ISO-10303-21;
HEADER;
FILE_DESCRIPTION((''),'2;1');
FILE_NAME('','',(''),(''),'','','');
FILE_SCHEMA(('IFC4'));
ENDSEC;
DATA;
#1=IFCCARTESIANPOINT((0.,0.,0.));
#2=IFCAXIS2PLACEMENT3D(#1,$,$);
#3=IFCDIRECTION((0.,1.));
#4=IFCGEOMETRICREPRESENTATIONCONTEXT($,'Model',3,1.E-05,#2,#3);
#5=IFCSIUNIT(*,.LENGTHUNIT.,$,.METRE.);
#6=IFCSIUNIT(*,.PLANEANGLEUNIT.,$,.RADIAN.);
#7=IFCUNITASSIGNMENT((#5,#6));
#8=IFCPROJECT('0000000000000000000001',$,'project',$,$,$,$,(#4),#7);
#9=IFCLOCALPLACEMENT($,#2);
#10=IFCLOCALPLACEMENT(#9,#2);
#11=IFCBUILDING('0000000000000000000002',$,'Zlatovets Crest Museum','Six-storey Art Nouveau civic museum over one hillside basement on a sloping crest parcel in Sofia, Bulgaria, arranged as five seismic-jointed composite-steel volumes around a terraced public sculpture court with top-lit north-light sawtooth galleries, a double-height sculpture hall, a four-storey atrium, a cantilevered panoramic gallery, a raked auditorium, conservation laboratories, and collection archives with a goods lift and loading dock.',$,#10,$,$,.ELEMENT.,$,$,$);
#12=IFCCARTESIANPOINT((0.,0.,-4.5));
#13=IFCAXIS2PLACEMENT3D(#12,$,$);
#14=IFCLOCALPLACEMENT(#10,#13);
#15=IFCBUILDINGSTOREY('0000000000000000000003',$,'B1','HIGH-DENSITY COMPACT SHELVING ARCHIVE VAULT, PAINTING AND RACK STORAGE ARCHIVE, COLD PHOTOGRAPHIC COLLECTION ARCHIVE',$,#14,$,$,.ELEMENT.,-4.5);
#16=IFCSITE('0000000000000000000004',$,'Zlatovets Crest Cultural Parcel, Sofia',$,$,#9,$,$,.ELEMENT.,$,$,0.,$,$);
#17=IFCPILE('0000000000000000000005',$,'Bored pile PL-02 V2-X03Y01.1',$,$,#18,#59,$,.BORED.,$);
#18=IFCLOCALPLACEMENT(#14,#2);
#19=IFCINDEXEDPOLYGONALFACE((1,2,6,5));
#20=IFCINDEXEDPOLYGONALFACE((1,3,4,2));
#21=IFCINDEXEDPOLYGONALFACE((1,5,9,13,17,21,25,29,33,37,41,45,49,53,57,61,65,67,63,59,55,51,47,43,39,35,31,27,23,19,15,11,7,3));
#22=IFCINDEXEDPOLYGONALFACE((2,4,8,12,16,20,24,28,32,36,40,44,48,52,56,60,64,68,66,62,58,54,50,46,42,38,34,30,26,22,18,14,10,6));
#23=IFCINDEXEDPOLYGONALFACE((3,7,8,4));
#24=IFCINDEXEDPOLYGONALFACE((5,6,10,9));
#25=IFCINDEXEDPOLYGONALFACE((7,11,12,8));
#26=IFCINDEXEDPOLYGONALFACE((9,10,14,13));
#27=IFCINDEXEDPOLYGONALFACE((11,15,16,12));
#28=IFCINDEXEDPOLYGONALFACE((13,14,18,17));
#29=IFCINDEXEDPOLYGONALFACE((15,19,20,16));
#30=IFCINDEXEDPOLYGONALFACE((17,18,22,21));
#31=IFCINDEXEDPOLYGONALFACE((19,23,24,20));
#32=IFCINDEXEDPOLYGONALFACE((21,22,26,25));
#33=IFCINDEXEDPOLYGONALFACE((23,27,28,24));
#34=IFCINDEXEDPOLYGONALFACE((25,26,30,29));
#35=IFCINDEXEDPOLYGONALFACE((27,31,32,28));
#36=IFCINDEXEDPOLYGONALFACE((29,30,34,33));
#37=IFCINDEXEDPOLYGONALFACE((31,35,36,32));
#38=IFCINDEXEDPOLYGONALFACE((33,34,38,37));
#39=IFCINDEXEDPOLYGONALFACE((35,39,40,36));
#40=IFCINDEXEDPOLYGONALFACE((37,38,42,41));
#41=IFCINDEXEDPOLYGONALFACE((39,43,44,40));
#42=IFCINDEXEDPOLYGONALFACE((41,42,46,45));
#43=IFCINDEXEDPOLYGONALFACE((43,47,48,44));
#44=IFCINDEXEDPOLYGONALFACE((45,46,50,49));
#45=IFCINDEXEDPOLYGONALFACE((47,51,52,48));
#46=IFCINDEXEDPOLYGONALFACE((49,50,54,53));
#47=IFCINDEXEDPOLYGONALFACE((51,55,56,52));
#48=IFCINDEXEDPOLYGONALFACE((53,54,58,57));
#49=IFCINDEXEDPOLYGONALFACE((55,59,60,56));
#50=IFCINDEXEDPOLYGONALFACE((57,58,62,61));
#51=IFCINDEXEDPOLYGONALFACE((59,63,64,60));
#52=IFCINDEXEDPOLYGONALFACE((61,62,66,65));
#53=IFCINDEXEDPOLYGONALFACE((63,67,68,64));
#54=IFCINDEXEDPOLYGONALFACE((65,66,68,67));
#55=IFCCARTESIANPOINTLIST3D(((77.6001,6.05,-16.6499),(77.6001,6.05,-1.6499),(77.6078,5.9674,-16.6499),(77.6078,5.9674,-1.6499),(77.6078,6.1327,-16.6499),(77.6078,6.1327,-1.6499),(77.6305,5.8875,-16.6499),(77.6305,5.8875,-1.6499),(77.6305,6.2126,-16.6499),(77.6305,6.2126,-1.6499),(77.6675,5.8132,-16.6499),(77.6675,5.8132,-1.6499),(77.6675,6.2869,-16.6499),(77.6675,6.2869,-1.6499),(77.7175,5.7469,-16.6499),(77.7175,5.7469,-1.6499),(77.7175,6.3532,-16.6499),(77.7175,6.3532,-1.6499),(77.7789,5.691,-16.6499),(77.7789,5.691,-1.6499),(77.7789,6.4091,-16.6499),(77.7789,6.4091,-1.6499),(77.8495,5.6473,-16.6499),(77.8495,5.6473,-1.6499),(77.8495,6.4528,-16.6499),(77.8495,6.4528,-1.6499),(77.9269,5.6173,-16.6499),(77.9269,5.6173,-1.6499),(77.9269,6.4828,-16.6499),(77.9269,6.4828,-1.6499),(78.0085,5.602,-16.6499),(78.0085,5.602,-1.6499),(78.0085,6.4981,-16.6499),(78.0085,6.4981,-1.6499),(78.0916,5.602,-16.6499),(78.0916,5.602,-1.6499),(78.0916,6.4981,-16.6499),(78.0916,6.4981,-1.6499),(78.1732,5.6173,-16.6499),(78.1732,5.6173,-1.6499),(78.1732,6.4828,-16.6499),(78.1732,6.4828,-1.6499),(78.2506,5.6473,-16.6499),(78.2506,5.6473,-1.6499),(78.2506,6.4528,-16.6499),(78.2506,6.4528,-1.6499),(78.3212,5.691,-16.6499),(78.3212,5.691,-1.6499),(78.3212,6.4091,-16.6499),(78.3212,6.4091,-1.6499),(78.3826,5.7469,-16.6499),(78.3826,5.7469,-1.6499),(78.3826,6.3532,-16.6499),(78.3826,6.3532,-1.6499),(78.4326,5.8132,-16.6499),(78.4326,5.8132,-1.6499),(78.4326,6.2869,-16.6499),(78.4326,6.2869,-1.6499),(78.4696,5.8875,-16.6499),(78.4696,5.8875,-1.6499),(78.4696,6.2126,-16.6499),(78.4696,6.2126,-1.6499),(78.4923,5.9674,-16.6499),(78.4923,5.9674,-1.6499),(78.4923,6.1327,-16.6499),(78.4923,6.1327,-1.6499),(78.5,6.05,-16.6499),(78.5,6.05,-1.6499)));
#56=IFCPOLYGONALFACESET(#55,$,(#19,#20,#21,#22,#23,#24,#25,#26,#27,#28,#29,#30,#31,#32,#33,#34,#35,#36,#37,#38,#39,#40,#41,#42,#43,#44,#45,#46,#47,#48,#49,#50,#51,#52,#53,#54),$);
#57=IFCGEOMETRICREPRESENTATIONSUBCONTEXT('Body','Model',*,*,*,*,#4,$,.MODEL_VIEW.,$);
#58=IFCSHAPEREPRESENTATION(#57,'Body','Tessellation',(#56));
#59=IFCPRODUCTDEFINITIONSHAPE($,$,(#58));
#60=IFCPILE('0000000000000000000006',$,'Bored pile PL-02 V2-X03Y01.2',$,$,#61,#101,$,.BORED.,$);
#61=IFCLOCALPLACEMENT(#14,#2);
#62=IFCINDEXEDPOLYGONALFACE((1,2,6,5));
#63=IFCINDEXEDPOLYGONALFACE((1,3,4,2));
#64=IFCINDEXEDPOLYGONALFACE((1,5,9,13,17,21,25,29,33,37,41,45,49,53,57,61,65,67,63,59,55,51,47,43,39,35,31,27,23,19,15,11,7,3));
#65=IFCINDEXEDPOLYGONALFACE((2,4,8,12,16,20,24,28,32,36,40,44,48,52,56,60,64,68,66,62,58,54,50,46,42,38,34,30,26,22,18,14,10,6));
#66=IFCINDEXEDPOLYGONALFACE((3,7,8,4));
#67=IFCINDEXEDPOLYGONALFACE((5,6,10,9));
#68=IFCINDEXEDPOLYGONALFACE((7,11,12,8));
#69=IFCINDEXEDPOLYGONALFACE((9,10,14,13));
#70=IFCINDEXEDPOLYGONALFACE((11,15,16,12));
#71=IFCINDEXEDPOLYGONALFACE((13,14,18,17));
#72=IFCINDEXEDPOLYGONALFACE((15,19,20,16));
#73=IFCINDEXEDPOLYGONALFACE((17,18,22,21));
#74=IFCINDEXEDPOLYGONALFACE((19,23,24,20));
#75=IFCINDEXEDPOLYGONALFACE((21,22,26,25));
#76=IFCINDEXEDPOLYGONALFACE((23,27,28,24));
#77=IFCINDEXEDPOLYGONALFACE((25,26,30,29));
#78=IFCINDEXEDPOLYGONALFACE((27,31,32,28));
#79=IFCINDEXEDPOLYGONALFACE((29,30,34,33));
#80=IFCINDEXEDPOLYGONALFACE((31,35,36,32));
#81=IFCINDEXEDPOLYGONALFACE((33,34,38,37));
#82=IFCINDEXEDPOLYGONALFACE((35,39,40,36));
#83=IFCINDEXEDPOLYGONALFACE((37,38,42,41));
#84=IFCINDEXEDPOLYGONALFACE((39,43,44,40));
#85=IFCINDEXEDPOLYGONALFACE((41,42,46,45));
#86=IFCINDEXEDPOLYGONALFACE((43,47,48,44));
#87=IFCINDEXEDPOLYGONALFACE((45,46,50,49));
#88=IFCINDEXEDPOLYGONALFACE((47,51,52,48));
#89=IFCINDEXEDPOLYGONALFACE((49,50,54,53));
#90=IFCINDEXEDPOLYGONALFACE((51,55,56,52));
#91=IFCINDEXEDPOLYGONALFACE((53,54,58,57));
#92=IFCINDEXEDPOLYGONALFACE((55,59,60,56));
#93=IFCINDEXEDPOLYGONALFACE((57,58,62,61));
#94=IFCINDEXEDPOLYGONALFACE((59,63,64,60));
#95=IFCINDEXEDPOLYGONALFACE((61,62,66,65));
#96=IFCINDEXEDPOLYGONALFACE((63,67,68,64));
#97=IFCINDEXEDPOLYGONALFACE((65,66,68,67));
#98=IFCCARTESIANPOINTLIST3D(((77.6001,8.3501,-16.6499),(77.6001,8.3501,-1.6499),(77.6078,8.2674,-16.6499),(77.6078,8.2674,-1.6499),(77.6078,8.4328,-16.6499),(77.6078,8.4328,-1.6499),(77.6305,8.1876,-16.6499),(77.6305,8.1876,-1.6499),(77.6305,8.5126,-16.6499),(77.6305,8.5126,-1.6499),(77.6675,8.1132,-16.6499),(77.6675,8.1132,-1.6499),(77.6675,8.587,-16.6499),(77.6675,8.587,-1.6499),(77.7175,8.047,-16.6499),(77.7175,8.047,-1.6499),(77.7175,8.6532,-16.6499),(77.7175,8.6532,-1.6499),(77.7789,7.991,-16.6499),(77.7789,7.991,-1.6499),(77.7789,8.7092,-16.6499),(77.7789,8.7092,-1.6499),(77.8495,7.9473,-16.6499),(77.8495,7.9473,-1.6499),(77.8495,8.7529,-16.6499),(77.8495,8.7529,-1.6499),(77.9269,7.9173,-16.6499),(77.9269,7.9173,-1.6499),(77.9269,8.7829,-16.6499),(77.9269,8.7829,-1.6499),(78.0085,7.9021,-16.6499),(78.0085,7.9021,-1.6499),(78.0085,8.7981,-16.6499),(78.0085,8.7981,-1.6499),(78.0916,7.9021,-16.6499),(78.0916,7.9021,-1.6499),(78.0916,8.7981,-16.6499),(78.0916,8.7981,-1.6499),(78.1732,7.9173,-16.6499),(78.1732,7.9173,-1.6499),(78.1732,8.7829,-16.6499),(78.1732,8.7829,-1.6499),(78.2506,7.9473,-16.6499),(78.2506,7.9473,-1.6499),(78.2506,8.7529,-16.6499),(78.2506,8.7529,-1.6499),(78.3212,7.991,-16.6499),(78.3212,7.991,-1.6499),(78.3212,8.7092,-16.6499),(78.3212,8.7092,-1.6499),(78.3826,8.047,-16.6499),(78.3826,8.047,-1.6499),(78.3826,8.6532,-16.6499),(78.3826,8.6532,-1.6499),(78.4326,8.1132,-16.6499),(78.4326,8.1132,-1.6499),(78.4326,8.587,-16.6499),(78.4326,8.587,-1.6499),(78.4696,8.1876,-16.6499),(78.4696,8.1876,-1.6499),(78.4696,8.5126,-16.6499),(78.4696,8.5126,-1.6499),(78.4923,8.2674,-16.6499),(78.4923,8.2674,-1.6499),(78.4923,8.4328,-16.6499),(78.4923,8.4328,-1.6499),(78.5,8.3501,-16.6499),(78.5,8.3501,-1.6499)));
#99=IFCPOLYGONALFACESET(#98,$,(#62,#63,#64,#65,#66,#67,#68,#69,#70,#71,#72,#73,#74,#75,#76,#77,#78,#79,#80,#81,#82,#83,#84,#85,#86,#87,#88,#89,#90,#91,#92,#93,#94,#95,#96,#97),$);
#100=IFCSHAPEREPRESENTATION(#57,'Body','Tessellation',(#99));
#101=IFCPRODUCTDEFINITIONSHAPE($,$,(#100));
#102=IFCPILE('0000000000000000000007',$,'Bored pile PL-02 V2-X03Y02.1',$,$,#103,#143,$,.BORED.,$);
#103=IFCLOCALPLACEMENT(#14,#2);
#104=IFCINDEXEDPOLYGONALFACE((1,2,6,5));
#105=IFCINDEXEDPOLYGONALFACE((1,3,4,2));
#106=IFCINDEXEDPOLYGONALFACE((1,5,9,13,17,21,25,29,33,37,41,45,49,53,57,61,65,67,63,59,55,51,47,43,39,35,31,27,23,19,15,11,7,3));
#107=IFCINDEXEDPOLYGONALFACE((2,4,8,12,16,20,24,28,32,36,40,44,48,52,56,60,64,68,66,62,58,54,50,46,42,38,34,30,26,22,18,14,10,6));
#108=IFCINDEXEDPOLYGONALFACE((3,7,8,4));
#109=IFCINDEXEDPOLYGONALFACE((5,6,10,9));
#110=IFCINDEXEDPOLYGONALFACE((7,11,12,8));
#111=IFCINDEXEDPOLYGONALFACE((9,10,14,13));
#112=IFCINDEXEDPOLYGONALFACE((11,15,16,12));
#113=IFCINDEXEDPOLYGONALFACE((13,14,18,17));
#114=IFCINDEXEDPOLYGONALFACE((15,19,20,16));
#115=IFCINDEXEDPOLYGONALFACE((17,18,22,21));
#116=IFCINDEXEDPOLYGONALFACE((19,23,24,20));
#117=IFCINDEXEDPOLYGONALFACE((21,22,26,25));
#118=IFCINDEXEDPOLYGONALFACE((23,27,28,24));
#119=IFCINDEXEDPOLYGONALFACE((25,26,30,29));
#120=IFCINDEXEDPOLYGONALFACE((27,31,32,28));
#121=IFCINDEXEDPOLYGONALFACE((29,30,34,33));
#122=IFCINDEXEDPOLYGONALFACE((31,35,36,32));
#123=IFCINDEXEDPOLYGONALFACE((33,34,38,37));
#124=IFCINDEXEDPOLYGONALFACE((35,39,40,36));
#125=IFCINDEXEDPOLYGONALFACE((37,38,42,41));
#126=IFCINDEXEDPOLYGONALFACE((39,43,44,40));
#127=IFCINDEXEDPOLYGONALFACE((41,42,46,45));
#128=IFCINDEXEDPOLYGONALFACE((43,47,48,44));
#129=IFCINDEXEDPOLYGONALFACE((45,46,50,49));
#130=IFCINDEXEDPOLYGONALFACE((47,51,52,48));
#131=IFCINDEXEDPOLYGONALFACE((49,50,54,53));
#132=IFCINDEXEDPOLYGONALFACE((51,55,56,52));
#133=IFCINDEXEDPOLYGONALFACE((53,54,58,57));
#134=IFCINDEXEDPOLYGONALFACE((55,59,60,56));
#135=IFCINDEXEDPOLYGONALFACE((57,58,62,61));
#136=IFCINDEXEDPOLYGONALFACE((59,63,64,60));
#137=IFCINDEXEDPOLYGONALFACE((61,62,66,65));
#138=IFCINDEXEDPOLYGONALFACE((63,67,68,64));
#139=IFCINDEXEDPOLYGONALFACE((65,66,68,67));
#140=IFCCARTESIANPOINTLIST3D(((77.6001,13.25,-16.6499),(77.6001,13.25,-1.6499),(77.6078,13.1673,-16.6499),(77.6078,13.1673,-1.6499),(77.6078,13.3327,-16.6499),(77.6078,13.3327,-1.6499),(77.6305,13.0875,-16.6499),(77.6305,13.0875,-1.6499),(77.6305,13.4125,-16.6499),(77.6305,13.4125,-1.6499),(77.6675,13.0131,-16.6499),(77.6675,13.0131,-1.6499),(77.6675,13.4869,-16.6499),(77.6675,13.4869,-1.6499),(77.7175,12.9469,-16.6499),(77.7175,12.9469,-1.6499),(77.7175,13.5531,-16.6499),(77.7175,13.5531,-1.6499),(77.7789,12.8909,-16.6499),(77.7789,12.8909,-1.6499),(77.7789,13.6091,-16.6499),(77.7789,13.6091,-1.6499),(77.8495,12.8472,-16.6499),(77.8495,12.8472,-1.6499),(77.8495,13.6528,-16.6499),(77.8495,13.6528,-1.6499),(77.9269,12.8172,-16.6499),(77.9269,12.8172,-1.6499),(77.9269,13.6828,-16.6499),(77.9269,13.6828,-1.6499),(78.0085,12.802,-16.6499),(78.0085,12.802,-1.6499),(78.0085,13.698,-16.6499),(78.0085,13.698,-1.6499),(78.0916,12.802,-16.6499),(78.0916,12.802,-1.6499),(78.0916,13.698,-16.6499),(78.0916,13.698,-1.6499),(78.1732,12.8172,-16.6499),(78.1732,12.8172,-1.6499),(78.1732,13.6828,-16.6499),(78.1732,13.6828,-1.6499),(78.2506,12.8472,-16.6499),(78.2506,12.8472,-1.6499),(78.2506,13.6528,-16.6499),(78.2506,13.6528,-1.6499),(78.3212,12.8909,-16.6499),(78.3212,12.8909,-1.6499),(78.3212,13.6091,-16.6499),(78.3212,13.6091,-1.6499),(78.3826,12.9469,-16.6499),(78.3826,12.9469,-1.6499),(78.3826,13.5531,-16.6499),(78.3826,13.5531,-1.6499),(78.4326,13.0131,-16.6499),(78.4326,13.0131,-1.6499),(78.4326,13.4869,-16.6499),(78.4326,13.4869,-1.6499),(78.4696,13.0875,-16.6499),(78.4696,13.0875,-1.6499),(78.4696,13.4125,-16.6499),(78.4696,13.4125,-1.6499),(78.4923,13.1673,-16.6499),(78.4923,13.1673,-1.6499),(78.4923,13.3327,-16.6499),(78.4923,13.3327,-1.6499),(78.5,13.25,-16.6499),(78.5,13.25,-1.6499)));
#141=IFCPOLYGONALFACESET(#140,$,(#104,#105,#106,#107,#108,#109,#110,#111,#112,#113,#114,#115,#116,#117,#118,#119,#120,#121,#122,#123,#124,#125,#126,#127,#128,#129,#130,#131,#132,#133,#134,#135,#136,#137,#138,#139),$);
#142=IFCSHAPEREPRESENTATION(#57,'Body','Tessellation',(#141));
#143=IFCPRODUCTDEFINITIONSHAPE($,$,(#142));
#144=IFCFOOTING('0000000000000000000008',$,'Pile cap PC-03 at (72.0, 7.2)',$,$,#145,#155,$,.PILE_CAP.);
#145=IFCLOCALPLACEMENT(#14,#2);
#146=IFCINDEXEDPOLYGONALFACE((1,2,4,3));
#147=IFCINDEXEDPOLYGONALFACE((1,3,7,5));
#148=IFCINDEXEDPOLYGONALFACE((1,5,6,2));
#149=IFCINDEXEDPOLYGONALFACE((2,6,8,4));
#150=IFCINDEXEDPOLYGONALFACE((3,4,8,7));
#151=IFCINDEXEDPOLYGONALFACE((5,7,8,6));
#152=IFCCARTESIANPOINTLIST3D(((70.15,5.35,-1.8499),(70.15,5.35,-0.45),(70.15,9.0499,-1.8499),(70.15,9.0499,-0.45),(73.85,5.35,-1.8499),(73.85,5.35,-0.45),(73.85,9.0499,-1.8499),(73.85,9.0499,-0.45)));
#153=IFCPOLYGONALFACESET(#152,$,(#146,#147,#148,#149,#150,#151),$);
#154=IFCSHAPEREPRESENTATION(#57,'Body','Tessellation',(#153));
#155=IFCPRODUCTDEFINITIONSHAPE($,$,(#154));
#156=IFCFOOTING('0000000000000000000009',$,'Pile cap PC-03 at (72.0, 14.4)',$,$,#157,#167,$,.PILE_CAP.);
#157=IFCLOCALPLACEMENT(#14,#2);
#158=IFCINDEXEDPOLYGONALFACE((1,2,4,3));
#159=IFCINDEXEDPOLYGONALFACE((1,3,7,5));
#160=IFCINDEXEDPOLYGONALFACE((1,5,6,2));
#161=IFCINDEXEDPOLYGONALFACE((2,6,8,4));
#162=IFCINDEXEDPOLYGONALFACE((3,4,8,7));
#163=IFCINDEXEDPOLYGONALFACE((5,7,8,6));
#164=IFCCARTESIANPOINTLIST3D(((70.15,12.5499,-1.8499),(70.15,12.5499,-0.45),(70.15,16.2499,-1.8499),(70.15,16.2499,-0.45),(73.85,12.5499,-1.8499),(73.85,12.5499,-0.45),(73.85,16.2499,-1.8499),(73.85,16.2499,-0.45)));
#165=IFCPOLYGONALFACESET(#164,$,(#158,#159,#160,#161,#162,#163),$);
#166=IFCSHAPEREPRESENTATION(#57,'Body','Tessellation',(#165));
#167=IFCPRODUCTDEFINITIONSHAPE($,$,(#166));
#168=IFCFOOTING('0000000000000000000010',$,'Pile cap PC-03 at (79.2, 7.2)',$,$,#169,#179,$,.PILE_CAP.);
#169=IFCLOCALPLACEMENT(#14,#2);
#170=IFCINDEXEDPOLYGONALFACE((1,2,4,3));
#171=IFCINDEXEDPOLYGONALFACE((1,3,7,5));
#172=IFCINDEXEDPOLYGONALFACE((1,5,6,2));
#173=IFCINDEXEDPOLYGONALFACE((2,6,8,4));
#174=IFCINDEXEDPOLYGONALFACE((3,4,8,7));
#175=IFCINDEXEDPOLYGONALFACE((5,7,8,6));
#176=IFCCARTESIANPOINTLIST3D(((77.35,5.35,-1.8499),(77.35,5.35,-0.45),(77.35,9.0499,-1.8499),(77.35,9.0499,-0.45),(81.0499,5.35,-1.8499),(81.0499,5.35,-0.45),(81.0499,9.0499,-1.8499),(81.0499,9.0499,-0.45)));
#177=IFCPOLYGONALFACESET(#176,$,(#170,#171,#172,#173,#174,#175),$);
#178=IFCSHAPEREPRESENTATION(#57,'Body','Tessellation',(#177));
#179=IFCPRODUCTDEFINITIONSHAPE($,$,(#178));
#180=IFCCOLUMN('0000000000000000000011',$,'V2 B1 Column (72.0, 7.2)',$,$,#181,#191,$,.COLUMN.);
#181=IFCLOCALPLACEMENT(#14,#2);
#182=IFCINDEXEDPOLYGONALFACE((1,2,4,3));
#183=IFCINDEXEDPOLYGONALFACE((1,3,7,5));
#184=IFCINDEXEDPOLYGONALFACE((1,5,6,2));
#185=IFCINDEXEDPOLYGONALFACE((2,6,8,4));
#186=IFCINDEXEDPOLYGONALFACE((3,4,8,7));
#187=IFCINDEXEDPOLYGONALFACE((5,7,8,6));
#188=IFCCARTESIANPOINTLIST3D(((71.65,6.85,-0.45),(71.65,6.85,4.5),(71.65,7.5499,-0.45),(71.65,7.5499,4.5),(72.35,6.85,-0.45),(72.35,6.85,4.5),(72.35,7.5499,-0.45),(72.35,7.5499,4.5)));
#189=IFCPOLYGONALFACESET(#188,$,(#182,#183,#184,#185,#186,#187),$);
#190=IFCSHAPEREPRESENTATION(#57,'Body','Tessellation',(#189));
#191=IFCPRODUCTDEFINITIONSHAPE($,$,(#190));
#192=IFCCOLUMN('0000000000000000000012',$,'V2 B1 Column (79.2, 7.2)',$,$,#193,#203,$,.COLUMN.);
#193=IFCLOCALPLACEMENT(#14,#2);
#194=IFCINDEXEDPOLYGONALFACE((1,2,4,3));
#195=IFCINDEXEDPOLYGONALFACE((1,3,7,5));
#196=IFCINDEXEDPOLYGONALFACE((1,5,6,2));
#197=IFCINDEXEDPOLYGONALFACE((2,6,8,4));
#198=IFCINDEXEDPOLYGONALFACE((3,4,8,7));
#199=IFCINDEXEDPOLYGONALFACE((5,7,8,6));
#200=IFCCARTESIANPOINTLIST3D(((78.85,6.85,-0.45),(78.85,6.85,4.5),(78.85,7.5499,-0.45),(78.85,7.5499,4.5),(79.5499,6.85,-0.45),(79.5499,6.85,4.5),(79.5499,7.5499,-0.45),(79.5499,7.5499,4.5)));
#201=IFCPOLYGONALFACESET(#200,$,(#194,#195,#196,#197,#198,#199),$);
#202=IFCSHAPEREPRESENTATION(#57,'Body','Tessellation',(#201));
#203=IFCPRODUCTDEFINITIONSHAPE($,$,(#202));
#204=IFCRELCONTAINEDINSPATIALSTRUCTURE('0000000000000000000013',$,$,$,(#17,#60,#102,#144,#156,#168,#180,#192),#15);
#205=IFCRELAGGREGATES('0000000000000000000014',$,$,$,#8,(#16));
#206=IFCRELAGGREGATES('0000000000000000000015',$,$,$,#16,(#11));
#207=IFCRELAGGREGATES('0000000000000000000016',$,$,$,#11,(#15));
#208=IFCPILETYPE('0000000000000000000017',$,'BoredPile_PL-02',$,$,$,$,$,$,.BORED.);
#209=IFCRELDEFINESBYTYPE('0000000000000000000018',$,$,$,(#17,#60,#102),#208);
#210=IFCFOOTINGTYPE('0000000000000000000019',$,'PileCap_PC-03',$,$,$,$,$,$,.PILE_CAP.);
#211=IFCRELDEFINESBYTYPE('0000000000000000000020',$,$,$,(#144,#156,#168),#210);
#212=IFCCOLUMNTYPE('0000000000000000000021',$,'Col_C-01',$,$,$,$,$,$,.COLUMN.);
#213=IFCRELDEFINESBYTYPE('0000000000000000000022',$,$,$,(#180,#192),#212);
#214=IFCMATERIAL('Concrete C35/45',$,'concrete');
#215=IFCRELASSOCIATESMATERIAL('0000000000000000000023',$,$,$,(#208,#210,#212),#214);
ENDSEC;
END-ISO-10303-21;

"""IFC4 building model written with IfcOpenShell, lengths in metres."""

from ifc_helpers import new_model, si_unit, direction, frame, origin, origin_2d, place, context, subcontext, project, spatial, rectangle, circle, extrude, material, material_profile, profile_set, type_object, element, save


model = new_model("IFC4")

# Units and contexts
model_context = context("Model", 3, precision=1e-05, world=origin(), true_north=direction((0.0, 1.0)))
body_context = subcontext(model_context, "Body", "Model", "MODEL_VIEW")
ifc_project = project(units=[si_unit("LENGTHUNIT", "METRE"), si_unit("PLANEANGLEUNIT", "RADIAN")], contexts=[model_context])

# Site, building, storey
site_placement = place(None, origin())
site = spatial("IfcSite", under=ifc_project, at=site_placement, Name="Zlatovets Crest Cultural Parcel, Sofia", CompositionType="ELEMENT", RefElevation=0.0)
building_placement = place(site_placement, origin())
building = spatial("IfcBuilding", under=site, at=building_placement, Name="Zlatovets Crest Museum", Description="Six-storey Art Nouveau civic museum over one hillside basement on a sloping crest parcel in Sofia, Bulgaria, arranged as five seismic-jointed composite-steel volumes around a terraced public sculpture court with top-lit north-light sawtooth galleries, a double-height sculpture hall, a four-storey atrium, a cantilevered panoramic gallery, a raked auditorium, conservation laboratories, and collection archives with a goods lift and loading dock.", CompositionType="ELEMENT")
storey_placement = place(building_placement, frame((0.0, 0.0, -4.5)))
storey = spatial("IfcBuildingStorey", under=building, at=storey_placement, Name="B1", Description="HIGH-DENSITY COMPACT SHELVING ARCHIVE VAULT, PAINTING AND RACK STORAGE ARCHIVE, COLD PHOTOGRAPHIC COLLECTION ARCHIVE", CompositionType="ELEMENT", Elevation=-4.5)

# Piles
ifc_material = material(Name="Concrete C35/45", Category="concrete")
ifc_material_profile_1 = material_profile(ifc_material, circle(Radius=0.45, at=origin_2d()), Name="PILE D900")
ifc_profile_set_1 = profile_set([ifc_material_profile_1], Name="Concrete C35/45")
pile_type = type_object("IfcPileType", Name="BoredPile_PL-02", PredefinedType="BORED", material=ifc_profile_set_1)
for number, where, z_axis, x_axis, name in (
    (1, (78.05, 6.05, -1.6499), (0.0, 0.0, -1.0), (1.0, 0.0, 0.0), "Bored pile PL-02 V2-X03Y01.1"),
    (2, (78.05, 8.3501, -1.6499), (0.0, 0.0, -1.0), (1.0, 0.0, 0.0), "Bored pile PL-02 V2-X03Y01.2"),
    (3, (78.05, 13.25, -1.6499), (0.0, 0.0, -1.0), (1.0, 0.0, 0.0), "Bored pile PL-02 V2-X03Y02.1"),
):
    element("IfcPile", number, at=place(storey_placement, frame(where, z_axis=z_axis, x_axis=x_axis)), inside=storey, type_object=pile_type, Name=name, PredefinedType="BORED", context=body_context, shape_type="SweptSolid", body=[
        extrude(circle(Radius=0.45, at=origin_2d()), origin(), (0.0, 0.0, 1.0), 15.0),
    ])

# Footings
footing_type = type_object("IfcFootingType", Name="PileCap_PC-03", PredefinedType="PILE_CAP", material=ifc_material)
for number, where, z_axis, x_axis, name in (
    (4, (72.0, 7.2, -1.8499), (0.0, 0.0, 1.0), (1.0, 0.0, 0.0), "Pile cap PC-03 at (72.0, 7.2)"),
    (5, (72.0, 14.3999, -1.8499), (0.0, 0.0, 1.0), (1.0, 0.0, 0.0), "Pile cap PC-03 at (72.0, 14.4)"),
    (6, (79.2, 7.2, -1.8499), (0.0, 0.0, 1.0), (1.0, 0.0, 0.0), "Pile cap PC-03 at (79.2, 7.2)"),
):
    element("IfcFooting", number, at=place(storey_placement, frame(where, z_axis=z_axis, x_axis=x_axis)), inside=storey, type_object=footing_type, Name=name, PredefinedType="PILE_CAP", context=body_context, shape_type="SweptSolid", body=[
        extrude(rectangle(XDim=3.7, YDim=3.7, at=origin_2d()), origin(), (0.0, 0.0, 1.0), 1.3999),
    ])

# Columns
ifc_material_profile_2 = material_profile(ifc_material, rectangle(XDim=0.7, YDim=0.7, at=origin_2d()), Name="RC 700x700")
ifc_profile_set_2 = profile_set([ifc_material_profile_2], Name="Concrete C35/45")
column_type = type_object("IfcColumnType", Name="Col_C-01", PredefinedType="COLUMN", material=ifc_profile_set_2)
for number, where, z_axis, x_axis, name in (
    (7, (72.0, 7.2, -0.45), (0.0, 0.0, 1.0), (0.0, 1.0, 0.0), "V2 B1 Column (72.0, 7.2)"),
    (8, (79.2, 7.2, -0.45), (0.0, 0.0, 1.0), (1.0, 0.0, 0.0), "V2 B1 Column (79.2, 7.2)"),
):
    element("IfcColumn", number, at=place(storey_placement, frame(where, z_axis=z_axis, x_axis=x_axis)), inside=storey, type_object=column_type, Name=name, PredefinedType="COLUMN", context=body_context, shape_type="SweptSolid", body=[
        extrude(rectangle(XDim=0.7, YDim=0.7, at=origin_2d()), origin(), (0.0, 0.0, 1.0), 4.95),
    ])

save(model, "model.ifc")
